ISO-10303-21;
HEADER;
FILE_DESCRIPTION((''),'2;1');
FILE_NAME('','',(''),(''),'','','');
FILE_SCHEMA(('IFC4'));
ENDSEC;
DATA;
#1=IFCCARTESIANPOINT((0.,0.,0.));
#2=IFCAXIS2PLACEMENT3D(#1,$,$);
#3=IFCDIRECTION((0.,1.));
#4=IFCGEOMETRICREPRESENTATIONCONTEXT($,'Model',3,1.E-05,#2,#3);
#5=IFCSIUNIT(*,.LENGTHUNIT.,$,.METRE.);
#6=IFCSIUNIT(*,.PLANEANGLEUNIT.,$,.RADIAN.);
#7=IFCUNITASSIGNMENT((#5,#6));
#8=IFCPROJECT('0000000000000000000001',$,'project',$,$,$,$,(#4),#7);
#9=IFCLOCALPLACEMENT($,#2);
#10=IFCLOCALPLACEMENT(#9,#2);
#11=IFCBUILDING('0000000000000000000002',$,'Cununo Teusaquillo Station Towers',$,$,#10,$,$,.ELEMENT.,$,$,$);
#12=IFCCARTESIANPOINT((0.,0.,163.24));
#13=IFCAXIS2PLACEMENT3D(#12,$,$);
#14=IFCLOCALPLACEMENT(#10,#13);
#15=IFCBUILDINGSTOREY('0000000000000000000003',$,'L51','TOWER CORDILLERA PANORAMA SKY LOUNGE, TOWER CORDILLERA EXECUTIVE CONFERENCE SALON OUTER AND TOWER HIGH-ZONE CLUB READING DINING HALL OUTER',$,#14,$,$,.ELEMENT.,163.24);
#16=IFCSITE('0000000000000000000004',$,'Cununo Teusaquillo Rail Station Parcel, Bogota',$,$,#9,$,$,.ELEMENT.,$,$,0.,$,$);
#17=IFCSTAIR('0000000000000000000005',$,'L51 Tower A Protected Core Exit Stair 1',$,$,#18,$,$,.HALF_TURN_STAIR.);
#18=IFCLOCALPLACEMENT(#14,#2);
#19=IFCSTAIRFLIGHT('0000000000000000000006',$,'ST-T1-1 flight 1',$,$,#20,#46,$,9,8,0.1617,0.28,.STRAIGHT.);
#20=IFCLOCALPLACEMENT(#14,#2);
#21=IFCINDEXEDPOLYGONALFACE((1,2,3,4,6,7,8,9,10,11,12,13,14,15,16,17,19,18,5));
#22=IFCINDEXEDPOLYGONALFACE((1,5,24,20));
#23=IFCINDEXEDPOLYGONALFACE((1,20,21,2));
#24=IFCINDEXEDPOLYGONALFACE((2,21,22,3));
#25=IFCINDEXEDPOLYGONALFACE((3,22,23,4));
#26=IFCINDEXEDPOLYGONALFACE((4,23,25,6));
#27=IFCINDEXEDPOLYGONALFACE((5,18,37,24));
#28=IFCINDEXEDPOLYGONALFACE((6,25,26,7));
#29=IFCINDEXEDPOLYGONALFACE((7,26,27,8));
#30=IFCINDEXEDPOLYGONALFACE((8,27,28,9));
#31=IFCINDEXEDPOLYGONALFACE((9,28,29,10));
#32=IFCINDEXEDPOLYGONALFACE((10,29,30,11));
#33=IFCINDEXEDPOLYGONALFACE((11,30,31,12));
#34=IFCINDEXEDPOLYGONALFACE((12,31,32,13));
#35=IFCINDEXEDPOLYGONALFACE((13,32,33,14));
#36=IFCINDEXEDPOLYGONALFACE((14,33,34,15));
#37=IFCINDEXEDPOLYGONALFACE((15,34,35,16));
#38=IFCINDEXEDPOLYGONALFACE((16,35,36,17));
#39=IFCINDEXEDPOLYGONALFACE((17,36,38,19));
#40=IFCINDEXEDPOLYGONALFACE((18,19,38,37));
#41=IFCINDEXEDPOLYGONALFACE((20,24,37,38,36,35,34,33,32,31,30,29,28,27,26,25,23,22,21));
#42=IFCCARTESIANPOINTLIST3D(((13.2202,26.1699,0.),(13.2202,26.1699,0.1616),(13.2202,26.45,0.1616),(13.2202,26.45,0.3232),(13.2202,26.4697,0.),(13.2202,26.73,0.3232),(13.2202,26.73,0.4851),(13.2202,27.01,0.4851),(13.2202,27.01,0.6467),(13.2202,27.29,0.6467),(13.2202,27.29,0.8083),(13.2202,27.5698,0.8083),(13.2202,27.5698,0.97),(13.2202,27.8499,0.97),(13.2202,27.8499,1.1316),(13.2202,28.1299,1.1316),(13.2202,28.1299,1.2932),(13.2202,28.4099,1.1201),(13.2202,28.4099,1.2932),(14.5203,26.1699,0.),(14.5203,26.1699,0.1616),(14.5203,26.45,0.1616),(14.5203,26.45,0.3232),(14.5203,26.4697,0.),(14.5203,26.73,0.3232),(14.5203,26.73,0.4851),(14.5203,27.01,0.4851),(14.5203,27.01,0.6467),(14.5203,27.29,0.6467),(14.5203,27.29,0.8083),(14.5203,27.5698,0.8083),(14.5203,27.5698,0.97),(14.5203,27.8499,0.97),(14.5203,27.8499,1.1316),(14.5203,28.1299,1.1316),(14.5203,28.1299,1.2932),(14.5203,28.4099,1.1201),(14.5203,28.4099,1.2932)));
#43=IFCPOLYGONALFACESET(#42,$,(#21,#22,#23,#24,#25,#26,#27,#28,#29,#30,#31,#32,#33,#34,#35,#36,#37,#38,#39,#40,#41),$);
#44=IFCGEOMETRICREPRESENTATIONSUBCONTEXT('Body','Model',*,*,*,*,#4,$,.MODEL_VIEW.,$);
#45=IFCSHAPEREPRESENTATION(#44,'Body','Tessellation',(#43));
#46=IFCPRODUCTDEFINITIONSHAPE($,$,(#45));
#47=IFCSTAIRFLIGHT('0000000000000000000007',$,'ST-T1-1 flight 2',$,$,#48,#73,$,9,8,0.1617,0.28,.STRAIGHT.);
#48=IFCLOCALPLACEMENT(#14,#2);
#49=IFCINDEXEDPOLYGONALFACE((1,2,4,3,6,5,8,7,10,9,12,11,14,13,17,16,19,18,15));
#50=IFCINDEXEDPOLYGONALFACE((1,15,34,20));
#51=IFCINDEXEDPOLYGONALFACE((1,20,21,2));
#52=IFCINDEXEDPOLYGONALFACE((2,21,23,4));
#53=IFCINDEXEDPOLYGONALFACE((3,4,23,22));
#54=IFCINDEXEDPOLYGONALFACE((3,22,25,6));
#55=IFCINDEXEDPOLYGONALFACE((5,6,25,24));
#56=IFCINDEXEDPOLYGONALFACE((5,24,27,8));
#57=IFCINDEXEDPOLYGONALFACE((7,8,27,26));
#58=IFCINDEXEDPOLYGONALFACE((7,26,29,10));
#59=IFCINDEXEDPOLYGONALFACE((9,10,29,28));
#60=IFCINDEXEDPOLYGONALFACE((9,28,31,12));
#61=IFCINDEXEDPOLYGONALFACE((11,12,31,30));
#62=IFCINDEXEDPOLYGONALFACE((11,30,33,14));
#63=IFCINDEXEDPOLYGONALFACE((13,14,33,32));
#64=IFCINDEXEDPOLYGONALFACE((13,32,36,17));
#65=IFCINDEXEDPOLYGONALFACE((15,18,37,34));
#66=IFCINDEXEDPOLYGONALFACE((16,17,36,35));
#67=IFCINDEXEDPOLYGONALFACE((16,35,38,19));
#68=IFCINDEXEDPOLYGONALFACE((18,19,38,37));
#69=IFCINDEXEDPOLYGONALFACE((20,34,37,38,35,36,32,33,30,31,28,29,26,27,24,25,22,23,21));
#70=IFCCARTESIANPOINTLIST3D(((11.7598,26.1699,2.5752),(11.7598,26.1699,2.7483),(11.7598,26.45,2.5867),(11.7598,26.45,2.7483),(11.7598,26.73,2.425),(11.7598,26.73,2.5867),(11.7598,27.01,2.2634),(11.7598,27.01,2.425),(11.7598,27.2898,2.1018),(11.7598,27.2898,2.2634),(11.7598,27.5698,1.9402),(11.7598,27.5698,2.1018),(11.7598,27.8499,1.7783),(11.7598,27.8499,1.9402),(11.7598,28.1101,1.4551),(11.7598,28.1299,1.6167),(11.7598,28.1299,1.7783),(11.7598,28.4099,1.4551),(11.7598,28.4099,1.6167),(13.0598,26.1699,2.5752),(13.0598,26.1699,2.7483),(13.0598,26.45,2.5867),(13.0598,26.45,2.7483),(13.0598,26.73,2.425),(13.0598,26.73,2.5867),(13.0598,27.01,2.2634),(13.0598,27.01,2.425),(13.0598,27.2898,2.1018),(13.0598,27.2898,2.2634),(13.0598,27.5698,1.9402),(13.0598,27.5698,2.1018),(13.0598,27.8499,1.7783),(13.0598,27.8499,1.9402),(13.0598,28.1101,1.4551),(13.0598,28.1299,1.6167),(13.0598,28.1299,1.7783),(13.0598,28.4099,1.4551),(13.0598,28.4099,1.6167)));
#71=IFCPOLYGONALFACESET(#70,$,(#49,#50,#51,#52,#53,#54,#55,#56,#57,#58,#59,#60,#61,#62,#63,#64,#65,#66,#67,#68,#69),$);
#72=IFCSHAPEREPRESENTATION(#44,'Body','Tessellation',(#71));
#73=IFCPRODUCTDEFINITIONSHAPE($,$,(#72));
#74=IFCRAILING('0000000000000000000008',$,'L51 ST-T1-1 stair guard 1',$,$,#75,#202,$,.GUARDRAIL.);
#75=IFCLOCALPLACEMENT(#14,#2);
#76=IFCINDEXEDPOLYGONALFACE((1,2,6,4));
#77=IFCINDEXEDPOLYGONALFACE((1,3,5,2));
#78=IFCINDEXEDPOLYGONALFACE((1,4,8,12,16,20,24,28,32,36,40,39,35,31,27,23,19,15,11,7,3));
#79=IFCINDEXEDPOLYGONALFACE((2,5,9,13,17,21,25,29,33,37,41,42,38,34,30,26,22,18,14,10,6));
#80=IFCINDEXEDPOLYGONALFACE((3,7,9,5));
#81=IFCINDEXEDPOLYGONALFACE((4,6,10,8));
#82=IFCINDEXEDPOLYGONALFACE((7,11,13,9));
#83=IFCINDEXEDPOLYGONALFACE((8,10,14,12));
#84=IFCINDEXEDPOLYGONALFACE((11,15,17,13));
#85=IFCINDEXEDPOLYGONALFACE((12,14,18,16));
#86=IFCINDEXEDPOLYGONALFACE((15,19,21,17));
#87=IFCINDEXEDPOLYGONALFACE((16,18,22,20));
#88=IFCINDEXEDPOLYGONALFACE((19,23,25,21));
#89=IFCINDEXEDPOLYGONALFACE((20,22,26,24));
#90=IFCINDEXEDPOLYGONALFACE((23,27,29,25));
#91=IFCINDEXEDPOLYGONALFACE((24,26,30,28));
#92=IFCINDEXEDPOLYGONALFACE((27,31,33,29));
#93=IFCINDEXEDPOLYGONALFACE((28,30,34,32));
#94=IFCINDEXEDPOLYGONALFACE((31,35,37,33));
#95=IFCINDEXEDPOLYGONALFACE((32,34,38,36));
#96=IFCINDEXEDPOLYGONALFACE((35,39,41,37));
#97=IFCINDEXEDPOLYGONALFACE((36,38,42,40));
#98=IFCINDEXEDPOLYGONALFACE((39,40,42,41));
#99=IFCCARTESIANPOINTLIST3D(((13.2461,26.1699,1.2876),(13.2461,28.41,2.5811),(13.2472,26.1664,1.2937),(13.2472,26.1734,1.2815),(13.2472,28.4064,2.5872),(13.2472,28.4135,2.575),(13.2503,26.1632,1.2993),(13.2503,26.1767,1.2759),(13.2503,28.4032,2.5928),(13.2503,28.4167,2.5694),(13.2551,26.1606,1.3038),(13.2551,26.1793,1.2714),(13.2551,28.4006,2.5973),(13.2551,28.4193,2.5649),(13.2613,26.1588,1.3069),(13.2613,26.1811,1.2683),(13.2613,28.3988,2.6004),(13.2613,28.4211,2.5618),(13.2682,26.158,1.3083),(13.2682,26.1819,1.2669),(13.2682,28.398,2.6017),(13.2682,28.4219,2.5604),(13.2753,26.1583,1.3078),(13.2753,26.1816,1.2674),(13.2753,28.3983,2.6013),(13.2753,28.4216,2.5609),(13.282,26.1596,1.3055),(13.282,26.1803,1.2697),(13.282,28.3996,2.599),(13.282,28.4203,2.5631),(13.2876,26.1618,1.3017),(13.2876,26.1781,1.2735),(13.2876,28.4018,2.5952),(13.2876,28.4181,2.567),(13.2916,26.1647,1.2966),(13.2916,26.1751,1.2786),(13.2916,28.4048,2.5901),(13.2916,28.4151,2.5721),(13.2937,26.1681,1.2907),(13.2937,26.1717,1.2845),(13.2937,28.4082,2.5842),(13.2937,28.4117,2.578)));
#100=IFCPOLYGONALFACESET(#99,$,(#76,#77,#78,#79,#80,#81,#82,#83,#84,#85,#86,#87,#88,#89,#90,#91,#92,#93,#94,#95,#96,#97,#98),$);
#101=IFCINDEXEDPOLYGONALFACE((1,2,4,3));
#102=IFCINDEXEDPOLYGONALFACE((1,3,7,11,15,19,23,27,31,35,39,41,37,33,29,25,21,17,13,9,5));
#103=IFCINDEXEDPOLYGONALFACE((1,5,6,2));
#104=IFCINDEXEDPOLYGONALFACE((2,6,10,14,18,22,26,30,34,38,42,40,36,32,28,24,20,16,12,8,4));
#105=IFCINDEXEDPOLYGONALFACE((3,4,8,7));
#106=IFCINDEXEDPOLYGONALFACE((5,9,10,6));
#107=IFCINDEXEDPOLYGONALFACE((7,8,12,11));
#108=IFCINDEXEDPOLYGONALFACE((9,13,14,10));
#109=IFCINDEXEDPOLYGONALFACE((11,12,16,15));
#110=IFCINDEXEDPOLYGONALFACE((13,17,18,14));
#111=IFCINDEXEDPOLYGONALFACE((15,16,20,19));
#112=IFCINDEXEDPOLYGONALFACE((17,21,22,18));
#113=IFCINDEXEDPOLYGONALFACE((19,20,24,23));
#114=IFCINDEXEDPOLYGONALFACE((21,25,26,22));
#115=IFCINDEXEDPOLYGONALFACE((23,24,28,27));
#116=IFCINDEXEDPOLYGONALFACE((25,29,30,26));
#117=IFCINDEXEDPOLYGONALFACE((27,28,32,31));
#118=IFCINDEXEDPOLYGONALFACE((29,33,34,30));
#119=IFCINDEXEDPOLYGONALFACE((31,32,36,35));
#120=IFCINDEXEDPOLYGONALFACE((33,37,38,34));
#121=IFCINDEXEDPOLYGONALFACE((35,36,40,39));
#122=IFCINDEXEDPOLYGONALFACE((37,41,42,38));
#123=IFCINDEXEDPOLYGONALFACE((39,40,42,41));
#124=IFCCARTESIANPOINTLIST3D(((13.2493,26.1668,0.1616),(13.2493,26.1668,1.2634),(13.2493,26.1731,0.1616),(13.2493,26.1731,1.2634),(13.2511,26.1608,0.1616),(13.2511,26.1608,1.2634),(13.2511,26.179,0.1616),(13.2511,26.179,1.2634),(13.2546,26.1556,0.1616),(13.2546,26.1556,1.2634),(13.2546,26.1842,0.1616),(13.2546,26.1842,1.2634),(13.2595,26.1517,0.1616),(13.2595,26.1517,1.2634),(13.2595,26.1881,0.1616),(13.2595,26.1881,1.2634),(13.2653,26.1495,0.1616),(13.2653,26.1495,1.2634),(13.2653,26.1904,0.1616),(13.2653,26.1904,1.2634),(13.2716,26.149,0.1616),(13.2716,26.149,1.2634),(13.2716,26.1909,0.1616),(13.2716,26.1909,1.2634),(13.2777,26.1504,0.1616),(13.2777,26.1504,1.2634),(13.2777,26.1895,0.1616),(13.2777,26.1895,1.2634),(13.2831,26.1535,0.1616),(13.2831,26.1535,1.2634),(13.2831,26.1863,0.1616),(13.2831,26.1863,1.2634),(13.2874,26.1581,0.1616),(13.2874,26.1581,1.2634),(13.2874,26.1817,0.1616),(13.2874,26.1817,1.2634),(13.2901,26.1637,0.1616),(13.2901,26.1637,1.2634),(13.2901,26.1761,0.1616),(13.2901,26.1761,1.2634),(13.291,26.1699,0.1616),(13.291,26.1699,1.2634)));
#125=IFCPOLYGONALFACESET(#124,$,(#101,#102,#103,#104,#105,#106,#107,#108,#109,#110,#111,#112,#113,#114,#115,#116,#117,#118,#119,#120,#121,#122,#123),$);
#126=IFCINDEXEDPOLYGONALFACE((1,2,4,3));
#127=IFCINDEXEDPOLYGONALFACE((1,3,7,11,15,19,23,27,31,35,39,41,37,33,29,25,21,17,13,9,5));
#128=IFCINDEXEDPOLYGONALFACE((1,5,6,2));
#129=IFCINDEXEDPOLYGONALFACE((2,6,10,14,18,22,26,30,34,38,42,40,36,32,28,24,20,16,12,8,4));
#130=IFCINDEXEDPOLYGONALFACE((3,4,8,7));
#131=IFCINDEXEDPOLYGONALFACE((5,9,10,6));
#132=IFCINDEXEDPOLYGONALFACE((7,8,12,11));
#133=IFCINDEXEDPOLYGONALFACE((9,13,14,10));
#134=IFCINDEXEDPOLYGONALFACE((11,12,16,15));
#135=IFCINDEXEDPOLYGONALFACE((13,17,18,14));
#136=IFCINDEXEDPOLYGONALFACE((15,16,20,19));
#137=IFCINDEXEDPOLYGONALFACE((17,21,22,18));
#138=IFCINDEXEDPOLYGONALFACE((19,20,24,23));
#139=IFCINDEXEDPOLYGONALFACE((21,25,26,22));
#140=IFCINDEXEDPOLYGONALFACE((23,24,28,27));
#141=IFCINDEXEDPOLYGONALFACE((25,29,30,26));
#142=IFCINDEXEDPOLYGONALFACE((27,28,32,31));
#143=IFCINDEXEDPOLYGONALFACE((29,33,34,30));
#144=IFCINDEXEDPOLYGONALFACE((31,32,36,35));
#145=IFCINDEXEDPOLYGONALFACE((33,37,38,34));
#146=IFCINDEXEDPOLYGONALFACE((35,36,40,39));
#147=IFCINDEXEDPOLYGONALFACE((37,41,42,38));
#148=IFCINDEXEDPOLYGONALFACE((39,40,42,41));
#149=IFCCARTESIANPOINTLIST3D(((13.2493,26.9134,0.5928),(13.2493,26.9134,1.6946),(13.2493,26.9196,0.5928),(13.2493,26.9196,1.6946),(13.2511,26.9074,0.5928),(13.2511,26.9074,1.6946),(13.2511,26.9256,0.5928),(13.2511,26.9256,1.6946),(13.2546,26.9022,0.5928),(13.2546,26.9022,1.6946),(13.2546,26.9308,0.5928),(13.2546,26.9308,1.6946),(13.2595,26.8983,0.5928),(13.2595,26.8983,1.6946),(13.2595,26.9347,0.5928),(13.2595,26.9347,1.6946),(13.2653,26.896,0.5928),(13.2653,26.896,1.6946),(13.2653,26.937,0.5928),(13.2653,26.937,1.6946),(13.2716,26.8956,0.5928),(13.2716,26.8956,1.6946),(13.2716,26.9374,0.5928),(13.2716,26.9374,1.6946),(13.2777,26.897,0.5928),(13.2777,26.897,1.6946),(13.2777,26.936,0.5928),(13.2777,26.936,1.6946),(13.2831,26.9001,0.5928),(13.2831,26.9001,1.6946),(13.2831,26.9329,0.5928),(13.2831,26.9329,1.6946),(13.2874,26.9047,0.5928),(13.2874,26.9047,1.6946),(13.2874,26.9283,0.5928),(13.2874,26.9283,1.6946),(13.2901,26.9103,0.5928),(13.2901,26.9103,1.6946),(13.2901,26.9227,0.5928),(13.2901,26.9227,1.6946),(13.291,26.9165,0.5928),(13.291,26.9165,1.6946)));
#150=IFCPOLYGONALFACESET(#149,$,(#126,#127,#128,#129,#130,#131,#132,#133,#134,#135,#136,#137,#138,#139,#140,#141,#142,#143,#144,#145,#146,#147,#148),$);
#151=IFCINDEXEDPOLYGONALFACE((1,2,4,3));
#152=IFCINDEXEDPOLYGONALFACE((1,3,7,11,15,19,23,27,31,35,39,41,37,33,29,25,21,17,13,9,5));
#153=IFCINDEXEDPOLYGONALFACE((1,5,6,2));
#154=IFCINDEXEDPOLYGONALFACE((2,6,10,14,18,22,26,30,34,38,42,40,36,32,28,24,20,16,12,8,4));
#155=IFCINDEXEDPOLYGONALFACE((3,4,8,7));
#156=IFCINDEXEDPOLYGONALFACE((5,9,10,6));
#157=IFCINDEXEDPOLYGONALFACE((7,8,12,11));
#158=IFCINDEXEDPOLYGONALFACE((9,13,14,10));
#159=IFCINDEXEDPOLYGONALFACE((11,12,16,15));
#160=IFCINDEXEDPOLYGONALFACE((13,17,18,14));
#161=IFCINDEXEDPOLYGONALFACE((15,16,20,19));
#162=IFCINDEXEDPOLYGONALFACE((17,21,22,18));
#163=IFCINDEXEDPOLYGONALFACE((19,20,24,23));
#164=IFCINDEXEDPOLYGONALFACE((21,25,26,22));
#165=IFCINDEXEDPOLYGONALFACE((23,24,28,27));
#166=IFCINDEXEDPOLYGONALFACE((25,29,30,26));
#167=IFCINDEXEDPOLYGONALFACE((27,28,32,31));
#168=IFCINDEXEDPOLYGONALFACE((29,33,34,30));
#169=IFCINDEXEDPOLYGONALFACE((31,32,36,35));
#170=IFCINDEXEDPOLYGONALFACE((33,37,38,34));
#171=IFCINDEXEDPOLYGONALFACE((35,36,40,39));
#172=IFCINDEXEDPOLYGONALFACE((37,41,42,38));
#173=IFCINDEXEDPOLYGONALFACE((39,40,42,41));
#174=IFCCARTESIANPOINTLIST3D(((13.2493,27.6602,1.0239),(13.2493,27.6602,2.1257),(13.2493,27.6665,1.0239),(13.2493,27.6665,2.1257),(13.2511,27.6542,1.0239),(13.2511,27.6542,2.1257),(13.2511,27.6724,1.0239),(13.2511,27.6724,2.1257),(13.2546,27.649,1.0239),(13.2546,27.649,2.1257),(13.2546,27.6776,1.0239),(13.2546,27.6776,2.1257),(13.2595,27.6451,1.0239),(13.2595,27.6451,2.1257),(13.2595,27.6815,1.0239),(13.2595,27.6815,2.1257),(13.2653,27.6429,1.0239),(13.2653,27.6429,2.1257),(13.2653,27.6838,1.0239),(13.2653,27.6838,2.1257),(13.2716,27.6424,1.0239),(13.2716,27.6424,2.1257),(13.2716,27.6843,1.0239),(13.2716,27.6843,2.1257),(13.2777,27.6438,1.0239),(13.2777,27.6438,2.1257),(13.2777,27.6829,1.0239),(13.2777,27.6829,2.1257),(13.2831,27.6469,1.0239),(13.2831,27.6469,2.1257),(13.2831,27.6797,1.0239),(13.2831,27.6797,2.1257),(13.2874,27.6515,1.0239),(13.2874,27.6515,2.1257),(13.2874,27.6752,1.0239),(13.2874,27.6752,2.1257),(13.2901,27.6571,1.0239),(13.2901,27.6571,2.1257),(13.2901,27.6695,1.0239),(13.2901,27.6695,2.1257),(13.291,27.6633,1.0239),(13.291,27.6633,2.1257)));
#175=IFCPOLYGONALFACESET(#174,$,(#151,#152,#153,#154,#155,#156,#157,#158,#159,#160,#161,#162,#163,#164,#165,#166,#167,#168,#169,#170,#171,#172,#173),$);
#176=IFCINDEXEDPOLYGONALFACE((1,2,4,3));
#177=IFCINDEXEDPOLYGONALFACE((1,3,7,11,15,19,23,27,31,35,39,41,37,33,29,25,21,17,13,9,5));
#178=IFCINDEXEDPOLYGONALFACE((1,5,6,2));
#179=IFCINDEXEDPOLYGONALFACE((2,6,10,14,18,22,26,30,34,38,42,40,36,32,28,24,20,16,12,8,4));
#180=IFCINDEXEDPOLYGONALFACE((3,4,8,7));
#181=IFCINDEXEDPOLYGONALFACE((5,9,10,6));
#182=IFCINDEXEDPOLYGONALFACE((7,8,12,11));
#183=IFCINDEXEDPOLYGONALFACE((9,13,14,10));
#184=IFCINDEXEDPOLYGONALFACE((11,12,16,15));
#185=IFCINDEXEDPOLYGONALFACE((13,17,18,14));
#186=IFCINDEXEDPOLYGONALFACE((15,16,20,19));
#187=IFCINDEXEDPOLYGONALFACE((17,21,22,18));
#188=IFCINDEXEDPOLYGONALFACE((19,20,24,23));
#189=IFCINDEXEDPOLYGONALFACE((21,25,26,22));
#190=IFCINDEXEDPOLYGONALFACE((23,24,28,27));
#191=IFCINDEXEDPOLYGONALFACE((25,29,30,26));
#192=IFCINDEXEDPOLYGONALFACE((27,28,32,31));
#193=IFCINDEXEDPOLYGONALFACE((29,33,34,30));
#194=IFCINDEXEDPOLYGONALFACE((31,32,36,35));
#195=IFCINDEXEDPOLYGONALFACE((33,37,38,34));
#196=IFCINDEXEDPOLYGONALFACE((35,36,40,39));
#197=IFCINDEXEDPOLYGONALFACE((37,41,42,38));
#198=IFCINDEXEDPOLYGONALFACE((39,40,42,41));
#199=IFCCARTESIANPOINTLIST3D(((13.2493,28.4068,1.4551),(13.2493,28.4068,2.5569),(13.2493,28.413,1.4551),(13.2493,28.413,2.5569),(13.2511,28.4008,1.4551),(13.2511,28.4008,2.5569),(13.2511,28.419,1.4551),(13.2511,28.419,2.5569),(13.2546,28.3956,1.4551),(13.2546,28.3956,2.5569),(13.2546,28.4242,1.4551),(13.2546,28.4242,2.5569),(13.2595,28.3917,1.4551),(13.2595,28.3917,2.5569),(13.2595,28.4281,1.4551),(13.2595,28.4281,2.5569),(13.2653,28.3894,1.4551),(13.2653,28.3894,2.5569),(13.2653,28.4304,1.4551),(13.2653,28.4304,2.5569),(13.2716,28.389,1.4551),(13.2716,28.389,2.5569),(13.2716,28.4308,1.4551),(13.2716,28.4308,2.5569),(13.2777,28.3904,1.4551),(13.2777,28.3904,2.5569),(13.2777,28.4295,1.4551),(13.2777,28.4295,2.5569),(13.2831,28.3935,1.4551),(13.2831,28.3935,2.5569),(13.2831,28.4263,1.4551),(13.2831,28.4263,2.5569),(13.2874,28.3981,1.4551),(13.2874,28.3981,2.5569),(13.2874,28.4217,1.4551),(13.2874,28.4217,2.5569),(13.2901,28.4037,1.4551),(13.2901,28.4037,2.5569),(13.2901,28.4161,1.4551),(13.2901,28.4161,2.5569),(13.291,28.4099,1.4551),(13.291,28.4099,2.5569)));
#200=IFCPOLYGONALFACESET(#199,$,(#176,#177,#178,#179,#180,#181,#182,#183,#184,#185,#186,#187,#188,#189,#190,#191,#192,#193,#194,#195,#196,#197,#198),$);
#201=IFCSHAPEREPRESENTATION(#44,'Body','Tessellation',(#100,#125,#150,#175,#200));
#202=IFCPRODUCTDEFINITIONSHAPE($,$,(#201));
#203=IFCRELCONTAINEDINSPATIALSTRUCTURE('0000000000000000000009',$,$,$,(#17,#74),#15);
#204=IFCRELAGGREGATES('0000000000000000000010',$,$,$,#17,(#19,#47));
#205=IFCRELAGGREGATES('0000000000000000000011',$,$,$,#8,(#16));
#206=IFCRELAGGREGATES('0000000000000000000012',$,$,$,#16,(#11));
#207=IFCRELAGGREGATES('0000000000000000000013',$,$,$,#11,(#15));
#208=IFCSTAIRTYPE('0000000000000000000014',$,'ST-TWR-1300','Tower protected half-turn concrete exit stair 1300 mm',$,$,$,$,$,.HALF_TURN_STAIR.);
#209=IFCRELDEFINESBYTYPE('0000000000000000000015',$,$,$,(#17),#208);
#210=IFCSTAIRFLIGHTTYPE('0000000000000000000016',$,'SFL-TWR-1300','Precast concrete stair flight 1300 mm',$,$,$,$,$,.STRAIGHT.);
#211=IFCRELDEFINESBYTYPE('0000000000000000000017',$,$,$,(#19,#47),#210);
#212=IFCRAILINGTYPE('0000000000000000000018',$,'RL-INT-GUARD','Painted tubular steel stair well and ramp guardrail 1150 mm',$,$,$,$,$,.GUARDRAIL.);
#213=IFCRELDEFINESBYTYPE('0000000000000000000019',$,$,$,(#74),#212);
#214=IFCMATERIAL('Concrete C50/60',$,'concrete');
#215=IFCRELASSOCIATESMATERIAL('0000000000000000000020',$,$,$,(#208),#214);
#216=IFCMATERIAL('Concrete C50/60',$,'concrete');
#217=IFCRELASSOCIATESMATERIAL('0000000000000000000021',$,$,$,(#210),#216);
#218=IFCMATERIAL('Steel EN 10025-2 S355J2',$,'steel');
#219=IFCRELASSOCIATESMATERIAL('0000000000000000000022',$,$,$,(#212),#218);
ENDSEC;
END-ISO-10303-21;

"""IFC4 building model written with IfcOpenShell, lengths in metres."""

from ifc_helpers import new_model, si_unit, direction, frame, origin, origin_2d, place, context, subcontext, project, spatial, polyline, circle, outline, extrude, material, type_object, element, aggregate, save


model = new_model("IFC4")

# Units and contexts
model_context = context("Model", 3, precision=1e-05, world=origin(), true_north=direction((0.0, 1.0)))
body_context = subcontext(model_context, "Body", "Model", "MODEL_VIEW")
ifc_project = project(units=[si_unit("LENGTHUNIT", "METRE"), si_unit("PLANEANGLEUNIT", "RADIAN")], contexts=[model_context])

# Site, building, storey
site_placement = place(None, origin())
site = spatial("IfcSite", under=ifc_project, at=site_placement, Name="Cununo Teusaquillo Rail Station Parcel, Bogota", CompositionType="ELEMENT", RefElevation=0.0)
building_placement = place(site_placement, origin())
building = spatial("IfcBuilding", under=site, at=building_placement, Name="Cununo Teusaquillo Station Towers", CompositionType="ELEMENT")
storey_placement = place(building_placement, frame((0.0, 0.0, 163.24)))
storey = spatial("IfcBuildingStorey", under=building, at=storey_placement, Name="L51", Description="TOWER CORDILLERA PANORAMA SKY LOUNGE, TOWER CORDILLERA EXECUTIVE CONFERENCE SALON OUTER AND TOWER HIGH-ZONE CLUB READING DINING HALL OUTER", CompositionType="ELEMENT", Elevation=163.24)

# Stair, stair flights
ifc_material_1 = material(Name="Concrete C50/60", Category="concrete")
stair_type = type_object("IfcStairType", Name="ST-TWR-1300", Description="Tower protected half-turn concrete exit stair 1300 mm", PredefinedType="HALF_TURN_STAIR", material=ifc_material_1)
stair_placement = place(storey_placement, origin())
stair = element("IfcStair", 1, at=stair_placement, inside=storey, type_object=stair_type, Name="L51 Tower A Protected Core Exit Stair 1", PredefinedType="HALF_TURN_STAIR")
ifc_material_2 = material(Name="Concrete C50/60", Category="concrete")
stair_flight_type = type_object("IfcStairFlightType", Name="SFL-TWR-1300", Description="Precast concrete stair flight 1300 mm", PredefinedType="STRAIGHT", material=ifc_material_2)
stair_flight_1_placement = place(storey_placement, frame((13.8701, 26.1699, 0.0), z_axis=(0.0, 0.0, 1.0), x_axis=(0.0, 1.0, 0.0)))
stair_flight_1 = element("IfcStairFlight", 2, at=stair_flight_1_placement, type_object=stair_flight_type, Name="ST-T1-1 flight 1", NumberOfRisers=9, NumberOfTreads=8, PredefinedType="STRAIGHT", RiserHeight=0.1617, TreadLength=0.28, context=body_context, shape_type="SweptSolid", body=[
    extrude(outline(polyline([(0.0, 0.0), (0.0, 0.1616), (0.28, 0.1616), (0.28, 0.3232), (0.5601, 0.3232), (0.5601, 0.4851), (0.8401, 0.4851), (0.8401, 0.6467), (1.1201, 0.6467), (1.1201, 0.8083), (1.3999, 0.8083), (1.3999, 0.97), (1.6799, 0.97), (1.6799, 1.1316), (1.96, 1.1316), (1.96, 1.2932), (2.24, 1.2932), (2.24, 1.4551), (2.24, 1.1201), (0.2998, 0.0), (0.0, 0.0)])), frame((0.0, 0.6499, 0.0), z_axis=(0.0, -1.0, 0.0), x_axis=(1.0, 0.0, 0.0)), (0.0, 0.0, 1.0), 1.3),
])
stair_flight_2_placement = place(storey_placement, frame((12.4099, 28.4099, 1.4551), z_axis=(0.0, 0.0, 1.0), x_axis=(0.0, -1.0, 0.0)))
stair_flight_2 = element("IfcStairFlight", 3, at=stair_flight_2_placement, type_object=stair_flight_type, Name="ST-T1-1 flight 2", NumberOfRisers=9, NumberOfTreads=8, PredefinedType="STRAIGHT", RiserHeight=0.1617, TreadLength=0.28, context=body_context, shape_type="SweptSolid", body=[
    extrude(outline(polyline([(0.0, 0.0), (0.0, 0.1616), (0.28, 0.1616), (0.28, 0.3232), (0.5601, 0.3232), (0.5601, 0.4851), (0.8401, 0.4851), (0.8401, 0.6467), (1.1201, 0.6467), (1.1201, 0.8083), (1.3999, 0.8083), (1.3999, 0.97), (1.6799, 0.97), (1.6799, 1.1316), (1.96, 1.1316), (1.96, 1.2932), (2.24, 1.2932), (2.24, 1.4551), (2.24, 1.1201), (0.2998, 0.0), (0.0, 0.0)])), frame((0.0, 0.6499, 0.0), z_axis=(0.0, -1.0, 0.0), x_axis=(1.0, 0.0, 0.0)), (0.0, 0.0, 1.0), 1.3),
])
aggregate(stair, [stair_flight_1, stair_flight_2])

# Railing
ifc_material_3 = material(Name="Steel EN 10025-2 S355J2", Category="steel")
railing_type_1 = type_object("IfcRailingType", Name="RL-INT-GUARD", Description="Painted tubular steel stair well and ramp guardrail 1150 mm", PredefinedType="GUARDRAIL", material=ifc_material_3)
railing_1_placement = place(storey_placement, frame((13.27, 26.1699, 0.1616)))
element("IfcRailing", 4, at=railing_1_placement, inside=storey, type_object=railing_type_1, Name="L51 ST-T1-1 stair guard 1", PredefinedType="GUARDRAIL", context=body_context, shape_type="SweptSolid", body=[
    extrude(circle(Radius=0.0239, at=origin_2d()), frame((0.0, 0.0, 1.126), z_axis=(0.0, 0.865992, 0.500057), x_axis=(-1.0, 0.0, 0.0)), (0.0, 0.0, 1.0), 2.5867),
    extrude(circle(Radius=0.021, at=origin_2d()), origin(), (0.0, 0.0, 1.0), 1.1018),
    extrude(circle(Radius=0.021, at=origin_2d()), frame((0.0, 0.7466, 0.4312)), (0.0, 0.0, 1.0), 1.1018),
    extrude(circle(Radius=0.021, at=origin_2d()), frame((0.0, 1.4934, 0.8623)), (0.0, 0.0, 1.0), 1.1018),
    extrude(circle(Radius=0.021, at=origin_2d()), frame((0.0, 2.24, 1.2935)), (0.0, 0.0, 1.0), 1.1018),
])

save(model, "model.ifc")
